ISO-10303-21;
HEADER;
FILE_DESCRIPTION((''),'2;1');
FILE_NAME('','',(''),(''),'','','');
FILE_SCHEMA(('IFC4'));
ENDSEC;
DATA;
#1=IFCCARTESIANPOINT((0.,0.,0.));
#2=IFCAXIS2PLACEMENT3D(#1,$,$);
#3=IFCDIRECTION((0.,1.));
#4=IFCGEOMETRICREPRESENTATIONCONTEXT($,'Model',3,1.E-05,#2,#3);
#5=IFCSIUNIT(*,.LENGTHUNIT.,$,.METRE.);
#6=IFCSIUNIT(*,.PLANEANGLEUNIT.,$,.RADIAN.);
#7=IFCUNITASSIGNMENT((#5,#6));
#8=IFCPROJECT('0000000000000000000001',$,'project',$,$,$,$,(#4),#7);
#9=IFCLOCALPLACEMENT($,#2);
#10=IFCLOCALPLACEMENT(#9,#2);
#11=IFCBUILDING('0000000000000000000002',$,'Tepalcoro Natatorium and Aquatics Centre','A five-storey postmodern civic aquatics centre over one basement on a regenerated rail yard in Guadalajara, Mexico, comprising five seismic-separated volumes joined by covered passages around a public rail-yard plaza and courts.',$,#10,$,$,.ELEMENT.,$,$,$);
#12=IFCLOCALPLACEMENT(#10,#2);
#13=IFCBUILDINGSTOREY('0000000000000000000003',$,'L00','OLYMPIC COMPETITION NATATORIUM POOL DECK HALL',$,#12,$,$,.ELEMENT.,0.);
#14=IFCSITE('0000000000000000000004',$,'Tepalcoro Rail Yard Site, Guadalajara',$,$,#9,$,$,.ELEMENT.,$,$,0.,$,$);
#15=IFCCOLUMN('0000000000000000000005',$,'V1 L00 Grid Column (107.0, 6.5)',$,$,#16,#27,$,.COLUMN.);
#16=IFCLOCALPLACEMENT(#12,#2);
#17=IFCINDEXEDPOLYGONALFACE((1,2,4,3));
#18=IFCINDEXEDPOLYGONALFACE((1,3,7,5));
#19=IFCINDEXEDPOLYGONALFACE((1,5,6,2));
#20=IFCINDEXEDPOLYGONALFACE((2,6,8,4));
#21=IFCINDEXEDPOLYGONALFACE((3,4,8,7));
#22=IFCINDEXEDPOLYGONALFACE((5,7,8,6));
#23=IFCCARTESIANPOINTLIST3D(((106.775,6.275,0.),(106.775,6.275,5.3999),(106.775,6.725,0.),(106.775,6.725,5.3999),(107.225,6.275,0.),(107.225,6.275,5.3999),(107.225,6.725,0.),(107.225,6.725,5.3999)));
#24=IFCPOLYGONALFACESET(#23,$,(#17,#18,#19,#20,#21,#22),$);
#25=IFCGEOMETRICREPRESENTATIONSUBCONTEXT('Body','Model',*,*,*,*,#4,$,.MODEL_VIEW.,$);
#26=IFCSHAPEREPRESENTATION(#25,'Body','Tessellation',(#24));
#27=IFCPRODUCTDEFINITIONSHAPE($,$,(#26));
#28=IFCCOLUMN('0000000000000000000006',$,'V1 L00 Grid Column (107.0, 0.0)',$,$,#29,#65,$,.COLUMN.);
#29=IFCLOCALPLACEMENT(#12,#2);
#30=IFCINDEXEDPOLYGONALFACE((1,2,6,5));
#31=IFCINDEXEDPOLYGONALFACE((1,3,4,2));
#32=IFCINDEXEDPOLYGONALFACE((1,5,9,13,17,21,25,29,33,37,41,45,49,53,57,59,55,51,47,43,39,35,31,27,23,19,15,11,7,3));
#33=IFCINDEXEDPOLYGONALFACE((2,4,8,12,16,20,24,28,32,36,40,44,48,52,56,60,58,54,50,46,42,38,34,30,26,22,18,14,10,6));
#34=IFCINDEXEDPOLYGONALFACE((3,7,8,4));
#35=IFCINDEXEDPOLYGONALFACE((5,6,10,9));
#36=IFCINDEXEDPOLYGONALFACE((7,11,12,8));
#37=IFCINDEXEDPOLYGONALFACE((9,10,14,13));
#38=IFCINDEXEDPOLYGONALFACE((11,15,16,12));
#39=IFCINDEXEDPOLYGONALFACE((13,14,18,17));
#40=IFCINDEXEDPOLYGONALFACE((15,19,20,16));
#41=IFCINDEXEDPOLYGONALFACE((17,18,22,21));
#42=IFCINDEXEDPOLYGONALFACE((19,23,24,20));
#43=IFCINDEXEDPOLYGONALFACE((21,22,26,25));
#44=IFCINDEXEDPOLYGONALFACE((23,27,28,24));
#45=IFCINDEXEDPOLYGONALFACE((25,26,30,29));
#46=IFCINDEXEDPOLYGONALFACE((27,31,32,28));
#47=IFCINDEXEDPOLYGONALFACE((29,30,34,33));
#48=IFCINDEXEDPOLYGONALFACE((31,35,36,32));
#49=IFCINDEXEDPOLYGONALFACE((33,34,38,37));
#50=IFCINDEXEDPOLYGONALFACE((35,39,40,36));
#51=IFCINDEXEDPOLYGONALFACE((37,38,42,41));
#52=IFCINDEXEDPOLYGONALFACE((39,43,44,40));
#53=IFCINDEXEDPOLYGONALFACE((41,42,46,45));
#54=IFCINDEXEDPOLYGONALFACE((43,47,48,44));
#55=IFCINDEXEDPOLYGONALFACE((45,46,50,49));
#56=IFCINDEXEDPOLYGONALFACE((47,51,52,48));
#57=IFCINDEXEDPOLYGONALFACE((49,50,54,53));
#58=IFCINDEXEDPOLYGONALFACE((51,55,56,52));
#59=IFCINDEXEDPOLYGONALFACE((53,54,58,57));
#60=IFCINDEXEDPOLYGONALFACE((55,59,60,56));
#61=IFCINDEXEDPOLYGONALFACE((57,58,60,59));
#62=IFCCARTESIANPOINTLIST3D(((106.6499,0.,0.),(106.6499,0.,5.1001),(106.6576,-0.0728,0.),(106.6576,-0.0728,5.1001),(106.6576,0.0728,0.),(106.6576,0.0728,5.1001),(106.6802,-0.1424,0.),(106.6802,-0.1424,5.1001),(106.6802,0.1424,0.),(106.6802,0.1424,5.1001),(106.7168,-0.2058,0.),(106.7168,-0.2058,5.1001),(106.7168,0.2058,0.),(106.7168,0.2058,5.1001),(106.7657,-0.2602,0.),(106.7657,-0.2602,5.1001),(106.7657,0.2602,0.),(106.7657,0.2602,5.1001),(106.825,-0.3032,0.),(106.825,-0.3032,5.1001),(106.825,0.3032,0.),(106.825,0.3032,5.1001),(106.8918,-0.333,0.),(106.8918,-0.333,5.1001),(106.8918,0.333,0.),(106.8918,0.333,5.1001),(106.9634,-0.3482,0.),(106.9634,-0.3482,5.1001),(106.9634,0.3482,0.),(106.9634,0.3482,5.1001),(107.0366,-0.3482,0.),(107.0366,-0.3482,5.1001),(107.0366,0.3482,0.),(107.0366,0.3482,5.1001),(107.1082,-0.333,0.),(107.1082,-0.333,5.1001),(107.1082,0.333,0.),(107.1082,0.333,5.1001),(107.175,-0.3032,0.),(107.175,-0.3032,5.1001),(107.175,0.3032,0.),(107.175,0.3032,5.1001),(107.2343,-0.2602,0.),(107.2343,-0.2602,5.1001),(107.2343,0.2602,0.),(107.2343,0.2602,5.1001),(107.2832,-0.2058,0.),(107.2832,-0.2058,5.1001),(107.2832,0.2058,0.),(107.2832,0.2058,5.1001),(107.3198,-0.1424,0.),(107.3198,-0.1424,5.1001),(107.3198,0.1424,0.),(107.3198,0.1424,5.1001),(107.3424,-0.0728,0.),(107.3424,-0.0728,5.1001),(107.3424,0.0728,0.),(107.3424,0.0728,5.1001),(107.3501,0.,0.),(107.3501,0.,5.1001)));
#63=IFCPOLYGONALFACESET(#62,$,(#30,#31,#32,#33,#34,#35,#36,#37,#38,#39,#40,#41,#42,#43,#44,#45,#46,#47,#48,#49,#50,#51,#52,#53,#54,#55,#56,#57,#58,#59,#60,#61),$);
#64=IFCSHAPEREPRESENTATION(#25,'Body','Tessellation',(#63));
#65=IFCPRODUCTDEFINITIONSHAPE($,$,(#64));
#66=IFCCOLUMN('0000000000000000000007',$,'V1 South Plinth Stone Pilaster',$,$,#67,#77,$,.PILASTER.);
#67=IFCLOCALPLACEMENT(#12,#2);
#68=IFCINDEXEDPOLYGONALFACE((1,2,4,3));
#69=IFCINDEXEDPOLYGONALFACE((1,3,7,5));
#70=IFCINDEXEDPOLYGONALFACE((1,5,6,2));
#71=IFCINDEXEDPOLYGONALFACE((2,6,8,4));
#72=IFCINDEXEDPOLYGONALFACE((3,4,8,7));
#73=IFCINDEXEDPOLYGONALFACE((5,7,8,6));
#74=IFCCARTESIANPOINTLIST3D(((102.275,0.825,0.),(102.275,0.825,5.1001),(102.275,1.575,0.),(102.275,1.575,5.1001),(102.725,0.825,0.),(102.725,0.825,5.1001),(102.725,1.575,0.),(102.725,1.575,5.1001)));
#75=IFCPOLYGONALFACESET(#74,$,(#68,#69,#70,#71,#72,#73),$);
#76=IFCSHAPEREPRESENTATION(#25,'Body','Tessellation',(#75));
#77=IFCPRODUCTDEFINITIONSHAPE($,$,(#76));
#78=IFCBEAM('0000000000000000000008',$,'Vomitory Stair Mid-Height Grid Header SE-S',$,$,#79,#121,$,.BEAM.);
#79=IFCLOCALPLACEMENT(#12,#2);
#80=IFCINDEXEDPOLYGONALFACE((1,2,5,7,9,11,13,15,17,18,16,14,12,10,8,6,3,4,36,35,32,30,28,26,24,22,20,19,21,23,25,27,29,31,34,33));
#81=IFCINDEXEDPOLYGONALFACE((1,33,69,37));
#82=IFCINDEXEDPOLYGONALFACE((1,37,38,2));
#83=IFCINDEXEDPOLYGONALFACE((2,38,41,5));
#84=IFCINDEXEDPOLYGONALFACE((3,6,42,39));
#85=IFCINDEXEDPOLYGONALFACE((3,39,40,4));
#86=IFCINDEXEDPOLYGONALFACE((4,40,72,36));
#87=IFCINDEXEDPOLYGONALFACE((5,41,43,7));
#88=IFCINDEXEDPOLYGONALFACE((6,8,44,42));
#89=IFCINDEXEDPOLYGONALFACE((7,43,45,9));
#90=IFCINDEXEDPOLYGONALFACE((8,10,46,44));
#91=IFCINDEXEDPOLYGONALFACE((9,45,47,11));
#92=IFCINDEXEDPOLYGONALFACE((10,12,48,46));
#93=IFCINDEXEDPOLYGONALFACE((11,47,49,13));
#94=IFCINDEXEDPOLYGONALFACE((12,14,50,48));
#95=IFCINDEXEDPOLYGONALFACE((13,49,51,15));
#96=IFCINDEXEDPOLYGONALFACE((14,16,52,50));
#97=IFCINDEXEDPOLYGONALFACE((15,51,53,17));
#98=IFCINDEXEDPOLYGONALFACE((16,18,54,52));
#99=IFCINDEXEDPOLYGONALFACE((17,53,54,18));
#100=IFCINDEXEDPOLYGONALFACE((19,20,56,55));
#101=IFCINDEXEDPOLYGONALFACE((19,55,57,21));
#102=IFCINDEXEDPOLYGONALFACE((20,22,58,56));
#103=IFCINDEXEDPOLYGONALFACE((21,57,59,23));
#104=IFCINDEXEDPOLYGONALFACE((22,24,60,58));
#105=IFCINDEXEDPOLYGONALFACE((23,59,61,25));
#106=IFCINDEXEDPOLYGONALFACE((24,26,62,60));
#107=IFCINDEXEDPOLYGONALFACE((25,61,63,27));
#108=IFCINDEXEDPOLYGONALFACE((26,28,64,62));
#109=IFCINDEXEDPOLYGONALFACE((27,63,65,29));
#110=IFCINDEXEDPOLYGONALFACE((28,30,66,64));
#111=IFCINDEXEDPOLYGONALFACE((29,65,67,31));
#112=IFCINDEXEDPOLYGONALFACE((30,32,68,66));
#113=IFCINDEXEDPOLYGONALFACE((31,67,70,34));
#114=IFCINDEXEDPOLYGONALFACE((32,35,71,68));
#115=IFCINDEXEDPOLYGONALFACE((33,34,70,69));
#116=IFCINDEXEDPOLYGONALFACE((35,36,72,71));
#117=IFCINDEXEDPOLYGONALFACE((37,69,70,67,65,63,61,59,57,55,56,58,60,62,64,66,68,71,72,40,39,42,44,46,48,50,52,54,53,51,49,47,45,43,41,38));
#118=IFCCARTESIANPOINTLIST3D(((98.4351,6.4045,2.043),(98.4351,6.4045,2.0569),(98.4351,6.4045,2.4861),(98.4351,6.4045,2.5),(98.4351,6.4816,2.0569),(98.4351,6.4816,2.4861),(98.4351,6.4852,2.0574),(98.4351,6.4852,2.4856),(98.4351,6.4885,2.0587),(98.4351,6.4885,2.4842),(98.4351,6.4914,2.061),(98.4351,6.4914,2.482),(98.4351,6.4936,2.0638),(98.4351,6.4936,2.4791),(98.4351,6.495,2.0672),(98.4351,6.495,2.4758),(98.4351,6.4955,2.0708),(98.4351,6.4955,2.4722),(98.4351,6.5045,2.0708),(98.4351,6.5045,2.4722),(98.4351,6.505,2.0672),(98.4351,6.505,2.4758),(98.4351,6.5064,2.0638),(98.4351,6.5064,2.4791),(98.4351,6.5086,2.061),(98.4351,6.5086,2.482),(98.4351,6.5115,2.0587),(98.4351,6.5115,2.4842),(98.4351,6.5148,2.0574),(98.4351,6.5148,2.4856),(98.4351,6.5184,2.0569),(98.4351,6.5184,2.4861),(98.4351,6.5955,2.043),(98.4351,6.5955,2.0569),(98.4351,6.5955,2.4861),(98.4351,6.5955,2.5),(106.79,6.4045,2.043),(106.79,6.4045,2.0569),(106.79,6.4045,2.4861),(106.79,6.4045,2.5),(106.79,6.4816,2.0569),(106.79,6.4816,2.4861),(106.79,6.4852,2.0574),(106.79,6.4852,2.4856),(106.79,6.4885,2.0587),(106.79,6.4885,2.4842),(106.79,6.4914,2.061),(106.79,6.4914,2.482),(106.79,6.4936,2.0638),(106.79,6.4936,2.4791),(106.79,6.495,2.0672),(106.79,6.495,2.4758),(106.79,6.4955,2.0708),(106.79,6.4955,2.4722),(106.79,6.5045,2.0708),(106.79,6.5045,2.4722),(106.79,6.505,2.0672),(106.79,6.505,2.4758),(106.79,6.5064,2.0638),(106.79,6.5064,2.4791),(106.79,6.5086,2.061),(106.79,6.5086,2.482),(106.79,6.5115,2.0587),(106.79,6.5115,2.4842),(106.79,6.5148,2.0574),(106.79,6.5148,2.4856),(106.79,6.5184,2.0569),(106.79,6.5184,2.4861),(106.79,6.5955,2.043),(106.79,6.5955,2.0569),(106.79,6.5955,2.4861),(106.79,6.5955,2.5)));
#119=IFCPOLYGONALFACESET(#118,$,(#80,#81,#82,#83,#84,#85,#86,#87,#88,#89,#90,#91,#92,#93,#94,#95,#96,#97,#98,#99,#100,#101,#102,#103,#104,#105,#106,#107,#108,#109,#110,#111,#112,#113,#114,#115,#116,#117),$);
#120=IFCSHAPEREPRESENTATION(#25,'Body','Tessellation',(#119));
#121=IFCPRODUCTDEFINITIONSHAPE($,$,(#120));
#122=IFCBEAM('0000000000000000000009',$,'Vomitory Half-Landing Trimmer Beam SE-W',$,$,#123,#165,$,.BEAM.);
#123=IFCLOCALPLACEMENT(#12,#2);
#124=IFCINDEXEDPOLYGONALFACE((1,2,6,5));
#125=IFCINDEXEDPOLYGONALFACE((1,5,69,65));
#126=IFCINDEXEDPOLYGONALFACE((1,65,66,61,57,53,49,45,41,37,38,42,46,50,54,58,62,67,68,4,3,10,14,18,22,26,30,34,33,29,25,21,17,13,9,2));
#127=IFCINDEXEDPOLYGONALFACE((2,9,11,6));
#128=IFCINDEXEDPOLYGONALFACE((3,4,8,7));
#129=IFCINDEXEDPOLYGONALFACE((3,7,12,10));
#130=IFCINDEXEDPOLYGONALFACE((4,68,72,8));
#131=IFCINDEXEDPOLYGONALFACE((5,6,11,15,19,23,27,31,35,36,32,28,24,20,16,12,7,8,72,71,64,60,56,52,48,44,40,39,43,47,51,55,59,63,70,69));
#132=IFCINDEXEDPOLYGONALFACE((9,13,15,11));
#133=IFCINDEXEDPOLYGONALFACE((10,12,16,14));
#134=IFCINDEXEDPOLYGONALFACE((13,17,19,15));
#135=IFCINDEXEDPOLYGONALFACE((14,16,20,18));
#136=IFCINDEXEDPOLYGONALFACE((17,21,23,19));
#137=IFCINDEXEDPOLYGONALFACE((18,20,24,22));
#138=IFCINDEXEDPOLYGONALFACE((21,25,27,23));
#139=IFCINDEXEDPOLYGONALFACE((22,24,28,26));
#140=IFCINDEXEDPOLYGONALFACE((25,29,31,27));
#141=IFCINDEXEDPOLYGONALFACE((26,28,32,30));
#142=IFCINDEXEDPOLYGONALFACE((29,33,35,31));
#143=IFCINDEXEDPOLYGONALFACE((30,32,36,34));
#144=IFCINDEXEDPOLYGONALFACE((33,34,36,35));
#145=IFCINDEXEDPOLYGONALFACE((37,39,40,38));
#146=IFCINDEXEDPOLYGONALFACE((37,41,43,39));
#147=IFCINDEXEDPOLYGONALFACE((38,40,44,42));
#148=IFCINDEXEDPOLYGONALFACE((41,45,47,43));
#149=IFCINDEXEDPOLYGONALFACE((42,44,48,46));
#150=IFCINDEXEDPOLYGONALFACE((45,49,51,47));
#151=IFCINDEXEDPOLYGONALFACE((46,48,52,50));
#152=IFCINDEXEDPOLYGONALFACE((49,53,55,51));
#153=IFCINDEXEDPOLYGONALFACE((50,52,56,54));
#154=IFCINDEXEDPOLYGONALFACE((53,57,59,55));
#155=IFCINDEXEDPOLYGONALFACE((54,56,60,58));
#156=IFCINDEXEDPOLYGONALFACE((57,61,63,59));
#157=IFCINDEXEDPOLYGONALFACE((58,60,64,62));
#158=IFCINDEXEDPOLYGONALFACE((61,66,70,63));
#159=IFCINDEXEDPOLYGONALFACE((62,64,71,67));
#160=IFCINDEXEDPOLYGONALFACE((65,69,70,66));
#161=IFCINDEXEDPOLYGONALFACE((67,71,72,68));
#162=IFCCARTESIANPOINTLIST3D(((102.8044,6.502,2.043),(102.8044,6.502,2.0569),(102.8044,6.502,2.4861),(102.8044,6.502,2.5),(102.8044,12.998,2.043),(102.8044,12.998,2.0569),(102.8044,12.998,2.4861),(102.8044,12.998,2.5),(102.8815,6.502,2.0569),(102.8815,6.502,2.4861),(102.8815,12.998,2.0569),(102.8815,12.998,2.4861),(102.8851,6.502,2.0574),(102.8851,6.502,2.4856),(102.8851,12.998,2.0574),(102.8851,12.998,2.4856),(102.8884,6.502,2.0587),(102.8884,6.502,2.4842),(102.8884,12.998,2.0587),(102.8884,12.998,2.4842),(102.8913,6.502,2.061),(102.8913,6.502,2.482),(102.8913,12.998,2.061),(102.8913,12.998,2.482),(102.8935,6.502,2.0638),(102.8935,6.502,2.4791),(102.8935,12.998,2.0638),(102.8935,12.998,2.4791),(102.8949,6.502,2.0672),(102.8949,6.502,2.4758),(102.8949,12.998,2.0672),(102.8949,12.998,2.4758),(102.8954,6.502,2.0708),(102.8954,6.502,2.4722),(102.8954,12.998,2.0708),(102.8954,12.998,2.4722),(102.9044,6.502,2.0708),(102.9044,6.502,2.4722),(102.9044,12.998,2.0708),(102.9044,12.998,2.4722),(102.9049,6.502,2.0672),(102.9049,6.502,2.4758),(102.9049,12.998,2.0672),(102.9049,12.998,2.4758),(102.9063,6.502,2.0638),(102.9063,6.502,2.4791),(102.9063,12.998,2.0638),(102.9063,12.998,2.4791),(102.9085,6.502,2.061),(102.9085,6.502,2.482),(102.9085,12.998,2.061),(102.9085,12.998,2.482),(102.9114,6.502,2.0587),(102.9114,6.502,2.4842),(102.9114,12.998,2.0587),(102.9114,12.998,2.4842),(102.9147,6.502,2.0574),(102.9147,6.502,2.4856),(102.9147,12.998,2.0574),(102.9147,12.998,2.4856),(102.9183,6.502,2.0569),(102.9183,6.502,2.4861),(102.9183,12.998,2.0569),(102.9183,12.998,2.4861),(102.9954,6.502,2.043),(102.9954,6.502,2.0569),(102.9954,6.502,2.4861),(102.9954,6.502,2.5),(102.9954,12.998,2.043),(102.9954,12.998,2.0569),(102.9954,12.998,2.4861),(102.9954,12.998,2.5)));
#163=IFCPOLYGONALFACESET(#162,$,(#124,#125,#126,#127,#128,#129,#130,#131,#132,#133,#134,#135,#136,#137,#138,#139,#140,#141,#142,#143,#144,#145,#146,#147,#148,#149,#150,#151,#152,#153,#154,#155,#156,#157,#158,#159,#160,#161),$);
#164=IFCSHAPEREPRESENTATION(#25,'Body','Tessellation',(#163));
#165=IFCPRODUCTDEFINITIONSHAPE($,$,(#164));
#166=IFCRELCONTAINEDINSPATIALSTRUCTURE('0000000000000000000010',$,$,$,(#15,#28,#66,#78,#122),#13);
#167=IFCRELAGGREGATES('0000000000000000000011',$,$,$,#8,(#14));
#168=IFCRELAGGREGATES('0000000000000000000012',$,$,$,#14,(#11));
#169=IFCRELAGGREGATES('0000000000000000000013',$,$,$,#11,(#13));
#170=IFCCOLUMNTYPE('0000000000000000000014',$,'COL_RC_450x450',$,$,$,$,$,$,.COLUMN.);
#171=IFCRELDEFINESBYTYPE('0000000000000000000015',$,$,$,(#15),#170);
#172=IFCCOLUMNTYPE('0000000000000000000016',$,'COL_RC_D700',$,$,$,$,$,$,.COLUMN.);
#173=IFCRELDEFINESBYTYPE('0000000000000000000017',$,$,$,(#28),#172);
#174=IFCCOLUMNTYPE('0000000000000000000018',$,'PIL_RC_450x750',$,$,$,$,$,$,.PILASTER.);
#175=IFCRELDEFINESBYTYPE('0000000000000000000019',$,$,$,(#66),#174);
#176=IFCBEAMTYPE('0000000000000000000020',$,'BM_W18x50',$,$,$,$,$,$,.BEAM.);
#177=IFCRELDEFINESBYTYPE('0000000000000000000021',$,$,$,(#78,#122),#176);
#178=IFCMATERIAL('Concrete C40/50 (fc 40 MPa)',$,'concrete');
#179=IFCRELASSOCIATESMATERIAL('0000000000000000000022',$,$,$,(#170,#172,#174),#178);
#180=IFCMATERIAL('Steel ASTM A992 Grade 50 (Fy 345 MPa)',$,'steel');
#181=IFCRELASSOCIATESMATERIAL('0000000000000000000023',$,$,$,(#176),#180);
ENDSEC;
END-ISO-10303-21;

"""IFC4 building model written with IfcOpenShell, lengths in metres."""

from ifc_helpers import new_model, si_unit, direction, frame, origin, origin_2d, place, context, subcontext, project, spatial, rectangle, circle, i_section, extrude, material, material_profile, profile_set, type_object, element, save


model = new_model("IFC4")

# Units and contexts
model_context = context("Model", 3, precision=1e-05, world=origin(), true_north=direction((0.0, 1.0)))
body_context = subcontext(model_context, "Body", "Model", "MODEL_VIEW")
ifc_project = project(units=[si_unit("LENGTHUNIT", "METRE"), si_unit("PLANEANGLEUNIT", "RADIAN")], contexts=[model_context])

# Site, building, storey
site_placement = place(None, origin())
site = spatial("IfcSite", under=ifc_project, at=site_placement, Name="Tepalcoro Rail Yard Site, Guadalajara", CompositionType="ELEMENT", RefElevation=0.0)
building_placement = place(site_placement, origin())
building = spatial("IfcBuilding", under=site, at=building_placement, Name="Tepalcoro Natatorium and Aquatics Centre", Description="A five-storey postmodern civic aquatics centre over one basement on a regenerated rail yard in Guadalajara, Mexico, comprising five seismic-separated volumes joined by covered passages around a public rail-yard plaza and courts.", CompositionType="ELEMENT")
storey_placement = place(building_placement, origin())
storey = spatial("IfcBuildingStorey", under=building, at=storey_placement, Name="L00", Description="OLYMPIC COMPETITION NATATORIUM POOL DECK HALL", CompositionType="ELEMENT", Elevation=0.0)

# Columns
ifc_material_1 = material(Name="Concrete C40/50 (fc 40 MPa)", Category="concrete")
ifc_material_profile_1 = material_profile(ifc_material_1, rectangle(XDim=0.45, YDim=0.45, at=origin_2d()), Name="RC450x450")
ifc_profile_set_1 = profile_set([ifc_material_profile_1], Name="Concrete C40/50 (fc 40 MPa)")
column_type_1 = type_object("IfcColumnType", Name="COL_RC_450x450", PredefinedType="COLUMN", material=ifc_profile_set_1)
column_1_placement = place(storey_placement, frame((107.0, 6.5, 0.0), z_axis=(0.0, 0.0, 1.0), x_axis=(1.0, 0.0, 0.0)))
element("IfcColumn", 1, at=column_1_placement, inside=storey, type_object=column_type_1, Name="V1 L00 Grid Column (107.0, 6.5)", PredefinedType="COLUMN", context=body_context, shape_type="SweptSolid", body=[
    extrude(rectangle(XDim=0.45, YDim=0.45, at=origin_2d()), origin(), (0.0, 0.0, 1.0), 5.3999),
])
ifc_material_profile_2 = material_profile(ifc_material_1, circle(Radius=0.3501, at=origin_2d()), Name="RCD700")
ifc_profile_set_2 = profile_set([ifc_material_profile_2], Name="Concrete C40/50 (fc 40 MPa)")
column_type_2 = type_object("IfcColumnType", Name="COL_RC_D700", PredefinedType="COLUMN", material=ifc_profile_set_2)
column_2_placement = place(storey_placement, frame((107.0, 0.0, 0.0), z_axis=(0.0, 0.0, 1.0), x_axis=(1.0, 0.0, 0.0)))
element("IfcColumn", 2, at=column_2_placement, inside=storey, type_object=column_type_2, Name="V1 L00 Grid Column (107.0, 0.0)", PredefinedType="COLUMN", context=body_context, shape_type="SweptSolid", body=[
    extrude(circle(Radius=0.3501, at=origin_2d()), origin(), (0.0, 0.0, 1.0), 5.1001),
])
ifc_material_profile_3 = material_profile(ifc_material_1, rectangle(XDim=0.45, YDim=0.75, at=origin_2d()), Name="PIL450x750")
ifc_profile_set_3 = profile_set([ifc_material_profile_3], Name="Concrete C40/50 (fc 40 MPa)")
column_type_3 = type_object("IfcColumnType", Name="PIL_RC_450x750", PredefinedType="PILASTER", material=ifc_profile_set_3)
column_3_placement = place(storey_placement, frame((102.5, 1.2, 0.0), z_axis=(0.0, 0.0, 1.0), x_axis=(1.0, 0.0, 0.0)))
element("IfcColumn", 3, at=column_3_placement, inside=storey, type_object=column_type_3, Name="V1 South Plinth Stone Pilaster", PredefinedType="PILASTER", context=body_context, shape_type="SweptSolid", body=[
    extrude(rectangle(XDim=0.45, YDim=0.75, at=origin_2d()), origin(), (0.0, 0.0, 1.0), 5.1001),
])

# Beams
ifc_material_2 = material(Name="Steel ASTM A992 Grade 50 (Fy 345 MPa)", Category="steel")
ifc_material_profile_4 = material_profile(ifc_material_2, i_section(OverallWidth=0.1909, OverallDepth=0.457, WebThickness=0.009, FlangeThickness=0.0139, FilletRadius=0.0139, at=origin_2d()), Name="W18X50")
ifc_profile_set_4 = profile_set([ifc_material_profile_4], Name="Steel ASTM A992 Grade 50 (Fy 345 MPa)")
beam_type_1 = type_object("IfcBeamType", Name="BM_W18x50", PredefinedType="BEAM", material=ifc_profile_set_4)
beam_1_placement = place(storey_placement, frame((98.4351, 6.5, 2.2715), z_axis=(1.0, 0.0, 0.0), x_axis=(0.0, 1.0, 0.0)))
element("IfcBeam", 4, at=beam_1_placement, inside=storey, type_object=beam_type_1, Name="Vomitory Stair Mid-Height Grid Header SE-S", PredefinedType="BEAM", context=body_context, shape_type="SweptSolid", body=[
    extrude(i_section(OverallWidth=0.1909, OverallDepth=0.457, WebThickness=0.009, FlangeThickness=0.0139, FilletRadius=0.0139, at=origin_2d()), origin(), (0.0, 0.0, 1.0), 8.355),
])
for number, where, z_axis, x_axis, name in (
    (5, (102.8999, 6.502, 2.2715), (0.0, 1.0, 0.0), (-1.0, 0.0, 0.0), "Vomitory Half-Landing Trimmer Beam SE-W"),
):
    element("IfcBeam", number, at=place(storey_placement, frame(where, z_axis=z_axis, x_axis=x_axis)), inside=storey, type_object=beam_type_1, Name=name, PredefinedType="BEAM", context=body_context, shape_type="SweptSolid", body=[
        extrude(i_section(OverallWidth=0.1909, OverallDepth=0.457, WebThickness=0.009, FlangeThickness=0.0139, FilletRadius=0.0139, at=origin_2d()), origin(), (0.0, 0.0, 1.0), 6.4961),
    ])

save(model, "model.ifc")
